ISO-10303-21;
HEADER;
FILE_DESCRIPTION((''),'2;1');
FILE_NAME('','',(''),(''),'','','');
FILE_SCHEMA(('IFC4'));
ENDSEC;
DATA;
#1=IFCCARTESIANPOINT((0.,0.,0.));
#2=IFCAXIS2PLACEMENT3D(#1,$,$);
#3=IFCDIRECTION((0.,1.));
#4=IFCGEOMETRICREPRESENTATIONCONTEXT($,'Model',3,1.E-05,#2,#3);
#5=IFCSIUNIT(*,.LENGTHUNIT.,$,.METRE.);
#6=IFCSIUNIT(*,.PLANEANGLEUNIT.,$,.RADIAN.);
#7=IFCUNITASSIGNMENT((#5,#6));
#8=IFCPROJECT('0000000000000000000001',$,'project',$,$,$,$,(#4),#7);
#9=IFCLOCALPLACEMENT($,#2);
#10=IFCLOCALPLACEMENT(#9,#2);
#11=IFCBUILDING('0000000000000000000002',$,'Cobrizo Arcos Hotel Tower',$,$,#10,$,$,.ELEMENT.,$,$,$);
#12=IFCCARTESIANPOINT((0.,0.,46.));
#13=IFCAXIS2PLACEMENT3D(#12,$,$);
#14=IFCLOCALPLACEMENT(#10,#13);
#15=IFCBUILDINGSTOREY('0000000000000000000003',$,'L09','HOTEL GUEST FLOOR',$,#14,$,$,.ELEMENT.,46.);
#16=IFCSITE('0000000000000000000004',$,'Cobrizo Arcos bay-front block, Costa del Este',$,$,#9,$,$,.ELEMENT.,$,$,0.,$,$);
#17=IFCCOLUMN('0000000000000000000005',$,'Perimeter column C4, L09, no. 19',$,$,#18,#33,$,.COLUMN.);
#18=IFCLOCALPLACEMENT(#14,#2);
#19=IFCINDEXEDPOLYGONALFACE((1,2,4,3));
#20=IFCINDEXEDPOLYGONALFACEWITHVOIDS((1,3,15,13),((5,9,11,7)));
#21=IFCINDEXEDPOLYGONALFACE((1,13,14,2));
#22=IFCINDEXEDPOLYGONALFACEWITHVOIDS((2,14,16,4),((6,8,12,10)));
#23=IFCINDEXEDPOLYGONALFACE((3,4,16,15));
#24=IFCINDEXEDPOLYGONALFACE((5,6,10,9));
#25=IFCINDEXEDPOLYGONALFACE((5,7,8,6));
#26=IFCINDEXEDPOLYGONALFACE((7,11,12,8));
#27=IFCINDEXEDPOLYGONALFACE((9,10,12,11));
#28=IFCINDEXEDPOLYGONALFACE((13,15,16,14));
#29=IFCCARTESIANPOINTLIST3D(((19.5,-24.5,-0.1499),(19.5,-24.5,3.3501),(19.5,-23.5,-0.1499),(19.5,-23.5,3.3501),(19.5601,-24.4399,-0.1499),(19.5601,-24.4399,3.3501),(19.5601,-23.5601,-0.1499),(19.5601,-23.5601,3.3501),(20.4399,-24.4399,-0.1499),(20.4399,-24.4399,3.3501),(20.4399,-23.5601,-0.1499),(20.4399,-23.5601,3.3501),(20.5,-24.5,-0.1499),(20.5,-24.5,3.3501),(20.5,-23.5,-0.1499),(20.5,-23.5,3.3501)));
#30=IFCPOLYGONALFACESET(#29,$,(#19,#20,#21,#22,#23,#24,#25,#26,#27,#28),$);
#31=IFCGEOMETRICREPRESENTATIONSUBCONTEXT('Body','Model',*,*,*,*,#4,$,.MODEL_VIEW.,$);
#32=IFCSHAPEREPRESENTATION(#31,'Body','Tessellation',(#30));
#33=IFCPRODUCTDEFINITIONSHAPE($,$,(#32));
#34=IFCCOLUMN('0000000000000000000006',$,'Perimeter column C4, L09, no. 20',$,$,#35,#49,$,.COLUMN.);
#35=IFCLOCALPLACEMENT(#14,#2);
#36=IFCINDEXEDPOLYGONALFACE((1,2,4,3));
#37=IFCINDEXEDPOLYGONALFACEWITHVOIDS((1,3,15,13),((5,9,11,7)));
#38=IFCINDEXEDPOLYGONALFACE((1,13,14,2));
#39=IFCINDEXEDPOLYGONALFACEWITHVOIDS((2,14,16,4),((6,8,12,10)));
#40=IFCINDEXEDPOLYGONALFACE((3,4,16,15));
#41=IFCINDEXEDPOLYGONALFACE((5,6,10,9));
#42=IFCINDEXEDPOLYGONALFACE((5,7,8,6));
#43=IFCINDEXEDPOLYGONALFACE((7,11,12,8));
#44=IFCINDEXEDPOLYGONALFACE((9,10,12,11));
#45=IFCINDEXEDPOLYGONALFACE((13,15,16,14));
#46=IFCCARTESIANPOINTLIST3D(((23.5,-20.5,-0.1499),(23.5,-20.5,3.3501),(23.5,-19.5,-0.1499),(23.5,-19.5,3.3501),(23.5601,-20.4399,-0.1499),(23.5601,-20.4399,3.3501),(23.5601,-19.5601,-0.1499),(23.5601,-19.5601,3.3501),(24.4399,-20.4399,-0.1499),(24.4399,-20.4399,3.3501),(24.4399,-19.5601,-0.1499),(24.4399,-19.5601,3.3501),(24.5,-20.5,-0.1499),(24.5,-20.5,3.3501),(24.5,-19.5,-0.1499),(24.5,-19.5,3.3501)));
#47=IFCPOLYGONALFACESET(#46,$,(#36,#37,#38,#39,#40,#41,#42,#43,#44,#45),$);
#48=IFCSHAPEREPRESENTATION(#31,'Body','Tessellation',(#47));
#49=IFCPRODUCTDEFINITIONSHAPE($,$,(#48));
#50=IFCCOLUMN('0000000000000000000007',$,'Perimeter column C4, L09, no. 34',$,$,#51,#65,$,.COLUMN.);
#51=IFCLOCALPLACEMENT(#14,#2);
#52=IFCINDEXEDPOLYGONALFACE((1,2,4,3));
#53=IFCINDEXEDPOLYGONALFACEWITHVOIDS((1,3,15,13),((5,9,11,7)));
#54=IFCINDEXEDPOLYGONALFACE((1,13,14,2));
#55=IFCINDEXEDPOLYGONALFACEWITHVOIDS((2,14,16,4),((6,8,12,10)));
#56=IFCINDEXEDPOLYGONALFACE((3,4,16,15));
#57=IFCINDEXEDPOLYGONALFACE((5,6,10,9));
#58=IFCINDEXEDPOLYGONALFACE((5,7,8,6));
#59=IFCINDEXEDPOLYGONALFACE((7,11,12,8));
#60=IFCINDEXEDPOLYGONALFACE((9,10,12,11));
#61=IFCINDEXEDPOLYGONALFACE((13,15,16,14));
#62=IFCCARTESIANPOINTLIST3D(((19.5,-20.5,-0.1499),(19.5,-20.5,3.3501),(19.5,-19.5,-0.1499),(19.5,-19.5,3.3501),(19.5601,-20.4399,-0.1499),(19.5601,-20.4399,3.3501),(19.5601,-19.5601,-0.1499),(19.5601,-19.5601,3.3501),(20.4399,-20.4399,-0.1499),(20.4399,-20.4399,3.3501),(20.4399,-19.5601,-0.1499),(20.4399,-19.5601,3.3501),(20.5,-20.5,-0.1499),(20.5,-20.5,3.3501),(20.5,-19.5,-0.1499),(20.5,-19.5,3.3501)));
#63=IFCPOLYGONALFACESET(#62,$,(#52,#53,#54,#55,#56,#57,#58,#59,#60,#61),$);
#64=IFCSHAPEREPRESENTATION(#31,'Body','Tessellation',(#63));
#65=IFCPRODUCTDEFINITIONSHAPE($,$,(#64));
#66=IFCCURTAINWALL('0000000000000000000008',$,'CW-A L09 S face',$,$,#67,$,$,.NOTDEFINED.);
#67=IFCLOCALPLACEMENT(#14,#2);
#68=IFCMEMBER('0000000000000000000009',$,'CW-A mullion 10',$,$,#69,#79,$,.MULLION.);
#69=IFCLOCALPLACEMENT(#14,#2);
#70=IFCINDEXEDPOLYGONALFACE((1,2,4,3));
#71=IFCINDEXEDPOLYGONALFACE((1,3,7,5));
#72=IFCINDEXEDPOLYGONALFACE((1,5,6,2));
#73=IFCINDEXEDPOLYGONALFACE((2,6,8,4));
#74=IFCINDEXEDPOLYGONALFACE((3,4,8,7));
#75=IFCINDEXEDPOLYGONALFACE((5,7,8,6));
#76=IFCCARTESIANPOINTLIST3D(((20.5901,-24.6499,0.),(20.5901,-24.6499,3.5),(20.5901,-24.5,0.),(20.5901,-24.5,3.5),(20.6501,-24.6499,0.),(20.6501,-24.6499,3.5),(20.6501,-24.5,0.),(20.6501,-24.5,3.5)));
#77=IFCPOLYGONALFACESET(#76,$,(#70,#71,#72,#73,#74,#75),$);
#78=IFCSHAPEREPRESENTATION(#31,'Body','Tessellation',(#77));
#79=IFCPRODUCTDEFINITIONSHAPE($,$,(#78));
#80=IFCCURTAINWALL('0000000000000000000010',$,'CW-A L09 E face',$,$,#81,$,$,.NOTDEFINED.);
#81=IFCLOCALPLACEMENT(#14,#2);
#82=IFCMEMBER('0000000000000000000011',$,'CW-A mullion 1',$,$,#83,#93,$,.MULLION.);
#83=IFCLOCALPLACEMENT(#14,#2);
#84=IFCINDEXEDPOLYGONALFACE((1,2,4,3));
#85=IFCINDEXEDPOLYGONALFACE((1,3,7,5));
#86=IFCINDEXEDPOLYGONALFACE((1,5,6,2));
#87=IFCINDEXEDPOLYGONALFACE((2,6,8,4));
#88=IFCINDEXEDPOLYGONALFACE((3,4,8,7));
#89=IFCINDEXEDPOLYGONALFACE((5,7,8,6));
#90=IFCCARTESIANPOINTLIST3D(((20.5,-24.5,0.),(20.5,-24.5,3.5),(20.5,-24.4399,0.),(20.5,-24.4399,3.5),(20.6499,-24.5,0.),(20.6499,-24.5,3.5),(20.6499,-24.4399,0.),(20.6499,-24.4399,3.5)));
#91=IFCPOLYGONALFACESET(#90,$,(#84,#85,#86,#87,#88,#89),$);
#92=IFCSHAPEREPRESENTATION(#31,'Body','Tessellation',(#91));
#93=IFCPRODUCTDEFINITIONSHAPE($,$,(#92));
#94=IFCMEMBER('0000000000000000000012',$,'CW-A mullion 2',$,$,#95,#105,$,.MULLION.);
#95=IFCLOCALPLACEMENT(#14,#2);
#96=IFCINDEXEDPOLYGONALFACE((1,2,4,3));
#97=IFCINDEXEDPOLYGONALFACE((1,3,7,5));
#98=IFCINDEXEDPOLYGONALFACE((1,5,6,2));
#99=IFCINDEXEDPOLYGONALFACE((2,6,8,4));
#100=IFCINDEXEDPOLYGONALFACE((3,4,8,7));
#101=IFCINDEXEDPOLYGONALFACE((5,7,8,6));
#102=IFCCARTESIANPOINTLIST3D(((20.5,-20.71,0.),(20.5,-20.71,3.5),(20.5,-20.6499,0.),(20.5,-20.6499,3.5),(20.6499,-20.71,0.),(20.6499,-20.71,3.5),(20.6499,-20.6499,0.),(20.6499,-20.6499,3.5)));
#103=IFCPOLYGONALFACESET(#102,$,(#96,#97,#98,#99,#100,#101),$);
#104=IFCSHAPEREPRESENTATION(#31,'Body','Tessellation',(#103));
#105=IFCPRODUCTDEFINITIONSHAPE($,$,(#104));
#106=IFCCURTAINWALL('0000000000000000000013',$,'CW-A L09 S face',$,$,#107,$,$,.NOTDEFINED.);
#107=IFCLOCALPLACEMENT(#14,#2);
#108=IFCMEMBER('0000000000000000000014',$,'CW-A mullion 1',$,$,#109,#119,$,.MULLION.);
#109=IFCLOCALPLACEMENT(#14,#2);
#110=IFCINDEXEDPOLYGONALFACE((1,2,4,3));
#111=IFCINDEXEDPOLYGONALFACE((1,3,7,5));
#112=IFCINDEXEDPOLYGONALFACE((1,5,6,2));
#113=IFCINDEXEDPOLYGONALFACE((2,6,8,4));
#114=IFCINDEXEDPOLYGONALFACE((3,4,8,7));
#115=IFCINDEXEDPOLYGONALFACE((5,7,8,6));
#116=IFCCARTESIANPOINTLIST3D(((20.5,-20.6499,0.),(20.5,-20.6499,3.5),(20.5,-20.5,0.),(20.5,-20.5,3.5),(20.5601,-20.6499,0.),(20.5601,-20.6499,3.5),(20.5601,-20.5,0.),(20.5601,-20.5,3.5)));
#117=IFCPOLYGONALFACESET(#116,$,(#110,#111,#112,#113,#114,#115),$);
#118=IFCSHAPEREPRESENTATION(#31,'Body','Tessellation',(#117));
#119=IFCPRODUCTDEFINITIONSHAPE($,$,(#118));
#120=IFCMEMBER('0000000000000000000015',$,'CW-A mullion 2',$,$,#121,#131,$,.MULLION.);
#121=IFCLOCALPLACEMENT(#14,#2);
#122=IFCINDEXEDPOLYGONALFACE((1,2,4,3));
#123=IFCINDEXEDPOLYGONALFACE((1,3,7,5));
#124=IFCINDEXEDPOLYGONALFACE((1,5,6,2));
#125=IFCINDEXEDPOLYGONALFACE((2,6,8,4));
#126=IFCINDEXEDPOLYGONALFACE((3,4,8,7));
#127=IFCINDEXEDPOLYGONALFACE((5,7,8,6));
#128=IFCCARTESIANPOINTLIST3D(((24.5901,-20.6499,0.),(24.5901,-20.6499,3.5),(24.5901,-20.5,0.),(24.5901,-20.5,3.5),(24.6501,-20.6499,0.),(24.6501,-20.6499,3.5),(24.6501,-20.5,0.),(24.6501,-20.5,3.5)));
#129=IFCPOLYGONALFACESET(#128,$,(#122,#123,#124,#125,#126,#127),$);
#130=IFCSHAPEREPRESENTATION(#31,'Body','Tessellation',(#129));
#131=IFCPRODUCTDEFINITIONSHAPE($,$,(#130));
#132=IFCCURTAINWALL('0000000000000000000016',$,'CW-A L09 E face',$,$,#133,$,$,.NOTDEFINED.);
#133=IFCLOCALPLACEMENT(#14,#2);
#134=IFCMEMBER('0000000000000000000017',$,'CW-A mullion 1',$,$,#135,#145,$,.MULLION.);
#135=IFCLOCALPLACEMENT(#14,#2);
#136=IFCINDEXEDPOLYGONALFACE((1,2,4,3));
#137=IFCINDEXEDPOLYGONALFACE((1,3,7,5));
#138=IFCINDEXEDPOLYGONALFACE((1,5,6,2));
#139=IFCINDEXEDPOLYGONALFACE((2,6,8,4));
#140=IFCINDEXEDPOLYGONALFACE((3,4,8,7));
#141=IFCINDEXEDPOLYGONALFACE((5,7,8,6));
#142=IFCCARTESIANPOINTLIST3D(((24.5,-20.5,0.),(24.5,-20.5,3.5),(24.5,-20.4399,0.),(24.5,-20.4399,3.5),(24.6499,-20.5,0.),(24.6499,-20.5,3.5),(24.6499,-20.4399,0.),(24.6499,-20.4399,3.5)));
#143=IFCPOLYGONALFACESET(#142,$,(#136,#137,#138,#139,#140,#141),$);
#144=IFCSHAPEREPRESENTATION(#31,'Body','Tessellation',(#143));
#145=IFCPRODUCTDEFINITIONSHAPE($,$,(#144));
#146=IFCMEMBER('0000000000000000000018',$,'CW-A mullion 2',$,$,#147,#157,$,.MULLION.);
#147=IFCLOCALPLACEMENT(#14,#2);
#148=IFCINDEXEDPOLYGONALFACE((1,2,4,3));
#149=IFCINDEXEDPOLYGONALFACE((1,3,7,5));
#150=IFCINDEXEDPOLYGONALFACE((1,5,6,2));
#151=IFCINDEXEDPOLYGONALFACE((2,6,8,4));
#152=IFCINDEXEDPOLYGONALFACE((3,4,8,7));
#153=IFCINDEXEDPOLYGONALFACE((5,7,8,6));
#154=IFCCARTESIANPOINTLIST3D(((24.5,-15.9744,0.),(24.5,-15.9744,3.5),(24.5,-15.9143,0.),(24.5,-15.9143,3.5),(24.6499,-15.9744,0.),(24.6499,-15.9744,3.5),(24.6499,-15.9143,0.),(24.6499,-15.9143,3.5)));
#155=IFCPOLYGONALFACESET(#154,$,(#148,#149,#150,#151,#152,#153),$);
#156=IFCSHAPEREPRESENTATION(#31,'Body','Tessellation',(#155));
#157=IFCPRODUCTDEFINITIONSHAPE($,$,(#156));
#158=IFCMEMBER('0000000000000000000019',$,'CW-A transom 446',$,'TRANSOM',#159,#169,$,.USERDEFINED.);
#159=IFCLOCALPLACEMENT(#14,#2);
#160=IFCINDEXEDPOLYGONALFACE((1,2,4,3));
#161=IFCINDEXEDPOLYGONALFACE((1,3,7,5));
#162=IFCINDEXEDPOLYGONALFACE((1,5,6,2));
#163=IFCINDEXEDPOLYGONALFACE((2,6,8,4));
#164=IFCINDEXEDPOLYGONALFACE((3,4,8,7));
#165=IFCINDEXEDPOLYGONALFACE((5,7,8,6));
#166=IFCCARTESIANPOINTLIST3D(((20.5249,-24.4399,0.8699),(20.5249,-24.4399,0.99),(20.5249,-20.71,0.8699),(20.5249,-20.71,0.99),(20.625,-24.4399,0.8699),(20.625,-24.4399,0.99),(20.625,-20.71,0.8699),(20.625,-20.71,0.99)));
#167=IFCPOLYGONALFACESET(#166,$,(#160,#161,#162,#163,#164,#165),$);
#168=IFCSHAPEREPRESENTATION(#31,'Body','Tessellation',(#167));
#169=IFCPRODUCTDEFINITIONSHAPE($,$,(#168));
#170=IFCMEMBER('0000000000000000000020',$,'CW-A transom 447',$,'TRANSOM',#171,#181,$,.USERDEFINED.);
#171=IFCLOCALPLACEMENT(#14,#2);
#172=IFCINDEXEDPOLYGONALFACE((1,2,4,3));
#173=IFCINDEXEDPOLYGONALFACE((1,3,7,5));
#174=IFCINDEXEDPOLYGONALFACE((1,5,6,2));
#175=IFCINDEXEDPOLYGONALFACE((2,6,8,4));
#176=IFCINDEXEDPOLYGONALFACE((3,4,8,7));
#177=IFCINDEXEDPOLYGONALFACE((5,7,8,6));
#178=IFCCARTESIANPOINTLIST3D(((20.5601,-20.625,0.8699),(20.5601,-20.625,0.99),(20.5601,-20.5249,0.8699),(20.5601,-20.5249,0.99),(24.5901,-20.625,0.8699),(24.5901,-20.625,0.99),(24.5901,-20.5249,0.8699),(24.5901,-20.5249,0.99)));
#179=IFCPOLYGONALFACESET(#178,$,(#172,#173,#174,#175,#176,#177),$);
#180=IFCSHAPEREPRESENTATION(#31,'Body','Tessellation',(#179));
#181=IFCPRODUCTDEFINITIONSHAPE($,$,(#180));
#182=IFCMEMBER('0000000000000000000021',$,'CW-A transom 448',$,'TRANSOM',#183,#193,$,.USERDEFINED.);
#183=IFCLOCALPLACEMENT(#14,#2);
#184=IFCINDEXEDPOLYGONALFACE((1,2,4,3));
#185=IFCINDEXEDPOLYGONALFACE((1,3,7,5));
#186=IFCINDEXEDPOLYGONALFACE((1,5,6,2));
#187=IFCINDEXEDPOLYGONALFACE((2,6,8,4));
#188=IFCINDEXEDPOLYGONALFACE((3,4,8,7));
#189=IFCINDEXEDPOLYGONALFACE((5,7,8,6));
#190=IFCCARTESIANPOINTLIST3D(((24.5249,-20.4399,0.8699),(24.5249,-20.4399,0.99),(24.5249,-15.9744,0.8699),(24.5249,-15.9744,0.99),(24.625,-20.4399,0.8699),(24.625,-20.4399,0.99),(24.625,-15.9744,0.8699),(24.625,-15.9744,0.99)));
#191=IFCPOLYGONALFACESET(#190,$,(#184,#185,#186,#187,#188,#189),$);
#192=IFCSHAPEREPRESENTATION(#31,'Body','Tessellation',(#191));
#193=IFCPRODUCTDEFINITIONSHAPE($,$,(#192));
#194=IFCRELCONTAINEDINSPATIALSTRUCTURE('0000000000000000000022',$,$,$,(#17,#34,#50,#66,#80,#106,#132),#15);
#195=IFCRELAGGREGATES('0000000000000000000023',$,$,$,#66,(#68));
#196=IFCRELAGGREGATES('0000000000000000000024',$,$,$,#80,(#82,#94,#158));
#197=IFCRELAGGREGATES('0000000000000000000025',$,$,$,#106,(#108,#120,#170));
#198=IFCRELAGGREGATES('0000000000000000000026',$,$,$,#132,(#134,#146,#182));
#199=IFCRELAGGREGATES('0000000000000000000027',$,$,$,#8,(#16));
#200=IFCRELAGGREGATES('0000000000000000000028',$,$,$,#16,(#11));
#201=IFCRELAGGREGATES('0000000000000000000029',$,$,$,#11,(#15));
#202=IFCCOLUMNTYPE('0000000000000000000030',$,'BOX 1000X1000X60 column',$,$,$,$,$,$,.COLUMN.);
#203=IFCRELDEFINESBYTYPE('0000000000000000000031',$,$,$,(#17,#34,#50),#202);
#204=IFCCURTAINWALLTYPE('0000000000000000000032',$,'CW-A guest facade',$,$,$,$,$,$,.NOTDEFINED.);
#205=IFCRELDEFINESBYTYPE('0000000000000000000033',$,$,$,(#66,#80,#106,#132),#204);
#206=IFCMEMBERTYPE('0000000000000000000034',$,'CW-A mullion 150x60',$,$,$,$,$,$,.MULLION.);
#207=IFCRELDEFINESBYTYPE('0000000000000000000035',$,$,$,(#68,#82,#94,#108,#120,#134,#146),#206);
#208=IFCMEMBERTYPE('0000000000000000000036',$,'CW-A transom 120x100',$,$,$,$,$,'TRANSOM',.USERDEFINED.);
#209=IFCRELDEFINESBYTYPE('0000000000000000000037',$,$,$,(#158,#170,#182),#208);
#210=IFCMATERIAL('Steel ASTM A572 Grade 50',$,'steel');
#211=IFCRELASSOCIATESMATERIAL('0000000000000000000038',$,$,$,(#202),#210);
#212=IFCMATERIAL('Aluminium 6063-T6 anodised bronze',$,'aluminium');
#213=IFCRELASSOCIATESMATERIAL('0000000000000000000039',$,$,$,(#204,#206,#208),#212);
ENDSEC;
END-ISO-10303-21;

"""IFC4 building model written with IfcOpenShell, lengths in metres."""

from ifc_helpers import new_model, si_unit, direction, frame, origin, origin_2d, place, context, subcontext, project, spatial, rectangle, hollow_rectangle, extrude, material, material_profile, profile_set, type_object, element, aggregate, save


model = new_model("IFC4")

# Units and contexts
model_context = context("Model", 3, precision=1e-05, world=origin(), true_north=direction((0.0, 1.0)))
body_context = subcontext(model_context, "Body", "Model", "MODEL_VIEW")
ifc_project = project(units=[si_unit("LENGTHUNIT", "METRE"), si_unit("PLANEANGLEUNIT", "RADIAN")], contexts=[model_context])

# Site, building, storey
site_placement = place(None, origin())
site = spatial("IfcSite", under=ifc_project, at=site_placement, Name="Cobrizo Arcos bay-front block, Costa del Este", CompositionType="ELEMENT", RefElevation=0.0)
building_placement = place(site_placement, origin())
building = spatial("IfcBuilding", under=site, at=building_placement, Name="Cobrizo Arcos Hotel Tower", CompositionType="ELEMENT")
storey_placement = place(building_placement, frame((0.0, 0.0, 46.0)))
storey = spatial("IfcBuildingStorey", under=building, at=storey_placement, Name="L09", Description="HOTEL GUEST FLOOR", CompositionType="ELEMENT", Elevation=46.0)

# Columns
ifc_material_1 = material(Name="Steel ASTM A572 Grade 50", Category="steel")
ifc_material_profile_1 = material_profile(ifc_material_1, hollow_rectangle(XDim=1.0, YDim=1.0, WallThickness=0.0601, at=origin_2d()), Name="BOX 1000X1000X60")
ifc_profile_set_1 = profile_set([ifc_material_profile_1], Name="Steel ASTM A572 Grade 50")
column_type = type_object("IfcColumnType", Name="BOX 1000X1000X60 column", PredefinedType="COLUMN", material=ifc_profile_set_1)
for number, where, z_axis, x_axis, name in (
    (1, (20.0, -24.0, -0.1499), (0.0, 0.0, 1.0), (1.0, 0.0, 0.0), "Perimeter column C4, L09, no. 19"),
    (2, (24.0, -20.0, -0.1499), (0.0, 0.0, 1.0), (1.0, 0.0, 0.0), "Perimeter column C4, L09, no. 20"),
    (3, (20.0, -20.0, -0.1499), (0.0, 0.0, 1.0), (1.0, 0.0, 0.0), "Perimeter column C4, L09, no. 34"),
):
    element("IfcColumn", number, at=place(storey_placement, frame(where, z_axis=z_axis, x_axis=x_axis)), inside=storey, type_object=column_type, Name=name, PredefinedType="COLUMN", context=body_context, shape_type="SweptSolid", body=[
        extrude(hollow_rectangle(XDim=1.0, YDim=1.0, WallThickness=0.0601, at=origin_2d()), origin(), (0.0, 0.0, 1.0), 3.5),
    ])

# Curtain wall, member
ifc_material_2 = material(Name="Aluminium 6063-T6 anodised bronze", Category="aluminium")
curtain_wall_type = type_object("IfcCurtainWallType", Name="CW-A guest facade", PredefinedType="NOTDEFINED", material=ifc_material_2)
curtain_wall_1_placement = place(storey_placement, origin())
curtain_wall_1 = element("IfcCurtainWall", 4, at=curtain_wall_1_placement, inside=storey, type_object=curtain_wall_type, Name="CW-A L09 S face", PredefinedType="NOTDEFINED")
ifc_material_profile_2 = material_profile(ifc_material_2, rectangle(XDim=0.1499, YDim=0.0601, at=origin_2d()), Name="CW-A mullion 150x60")
ifc_profile_set_2 = profile_set([ifc_material_profile_2], Name="Aluminium 6063-T6 anodised bronze")
member_type_1 = type_object("IfcMemberType", Name="CW-A mullion 150x60", PredefinedType="MULLION", material=ifc_profile_set_2)
member_1_placement = place(storey_placement, frame((20.6201, -24.575, 0.0), z_axis=(0.0, 0.0, 1.0), x_axis=(0.0, -1.0, 0.0)))
member_1 = element("IfcMember", 5, at=member_1_placement, type_object=member_type_1, Name="CW-A mullion 10", PredefinedType="MULLION", context=body_context, shape_type="SweptSolid", body=[
    extrude(rectangle(XDim=0.1499, YDim=0.0601, at=origin_2d()), origin(), (0.0, 0.0, 1.0), 3.5),
])

# Curtain walls, members
curtain_wall_2_placement = place(storey_placement, origin())
curtain_wall_2 = element("IfcCurtainWall", 6, at=curtain_wall_2_placement, inside=storey, type_object=curtain_wall_type, Name="CW-A L09 E face", PredefinedType="NOTDEFINED")
member_2_placement = place(storey_placement, frame((20.575, -24.47, 0.0), z_axis=(0.0, 0.0, 1.0), x_axis=(1.0, 0.0, 0.0)))
member_2 = element("IfcMember", 7, at=member_2_placement, type_object=member_type_1, Name="CW-A mullion 1", PredefinedType="MULLION", context=body_context, shape_type="SweptSolid", body=[
    extrude(rectangle(XDim=0.1499, YDim=0.0601, at=origin_2d()), origin(), (0.0, 0.0, 1.0), 3.5),
])
member_3_placement = place(storey_placement, frame((20.575, -20.6799, 0.0), z_axis=(0.0, 0.0, 1.0), x_axis=(1.0, 0.0, 0.0)))
member_3 = element("IfcMember", 8, at=member_3_placement, type_object=member_type_1, Name="CW-A mullion 2", PredefinedType="MULLION", context=body_context, shape_type="SweptSolid", body=[
    extrude(rectangle(XDim=0.1499, YDim=0.0601, at=origin_2d()), origin(), (0.0, 0.0, 1.0), 3.5),
])
curtain_wall_3_placement = place(storey_placement, origin())
curtain_wall_3 = element("IfcCurtainWall", 9, at=curtain_wall_3_placement, inside=storey, type_object=curtain_wall_type, Name="CW-A L09 S face", PredefinedType="NOTDEFINED")
member_4_placement = place(storey_placement, frame((20.53, -20.575, 0.0), z_axis=(0.0, 0.0, 1.0), x_axis=(0.0, -1.0, 0.0)))
member_4 = element("IfcMember", 10, at=member_4_placement, type_object=member_type_1, Name="CW-A mullion 1", PredefinedType="MULLION", context=body_context, shape_type="SweptSolid", body=[
    extrude(rectangle(XDim=0.1499, YDim=0.0601, at=origin_2d()), origin(), (0.0, 0.0, 1.0), 3.5),
])
member_5_placement = place(storey_placement, frame((24.6201, -20.575, 0.0), z_axis=(0.0, 0.0, 1.0), x_axis=(0.0, -1.0, 0.0)))
member_5 = element("IfcMember", 11, at=member_5_placement, type_object=member_type_1, Name="CW-A mullion 2", PredefinedType="MULLION", context=body_context, shape_type="SweptSolid", body=[
    extrude(rectangle(XDim=0.1499, YDim=0.0601, at=origin_2d()), origin(), (0.0, 0.0, 1.0), 3.5),
])
curtain_wall_4_placement = place(storey_placement, origin())
curtain_wall_4 = element("IfcCurtainWall", 12, at=curtain_wall_4_placement, inside=storey, type_object=curtain_wall_type, Name="CW-A L09 E face", PredefinedType="NOTDEFINED")
member_6_placement = place(storey_placement, frame((24.575, -20.47, 0.0), z_axis=(0.0, 0.0, 1.0), x_axis=(1.0, 0.0, 0.0)))
member_6 = element("IfcMember", 13, at=member_6_placement, type_object=member_type_1, Name="CW-A mullion 1", PredefinedType="MULLION", context=body_context, shape_type="SweptSolid", body=[
    extrude(rectangle(XDim=0.1499, YDim=0.0601, at=origin_2d()), origin(), (0.0, 0.0, 1.0), 3.5),
])
member_7_placement = place(storey_placement, frame((24.575, -15.9443, 0.0), z_axis=(0.0, 0.0, 1.0), x_axis=(1.0, 0.0, 0.0)))
member_7 = element("IfcMember", 14, at=member_7_placement, type_object=member_type_1, Name="CW-A mullion 2", PredefinedType="MULLION", context=body_context, shape_type="SweptSolid", body=[
    extrude(rectangle(XDim=0.1499, YDim=0.0601, at=origin_2d()), origin(), (0.0, 0.0, 1.0), 3.5),
])

# Members
ifc_material_profile_3 = material_profile(ifc_material_2, rectangle(XDim=0.1001, YDim=0.1201, at=origin_2d()), Name="CW-A transom 120x100")
ifc_profile_set_3 = profile_set([ifc_material_profile_3], Name="Aluminium 6063-T6 anodised bronze")
member_type_2 = type_object("IfcMemberType", Name="CW-A transom 120x100", ElementType="TRANSOM", PredefinedType="USERDEFINED", material=ifc_profile_set_3)
member_8_placement = place(storey_placement, frame((20.575, -24.4399, 0.9299), z_axis=(0.0, 1.0, 0.0), x_axis=(-1.0, 0.0, 0.0)))
member_8 = element("IfcMember", 15, at=member_8_placement, type_object=member_type_2, Name="CW-A transom 446", ObjectType="TRANSOM", PredefinedType="USERDEFINED", context=body_context, shape_type="SweptSolid", body=[
    extrude(rectangle(XDim=0.1001, YDim=0.1201, at=origin_2d()), origin(), (0.0, 0.0, 1.0), 3.73),
])
member_9_placement = place(storey_placement, frame((20.5601, -20.575, 0.9299), z_axis=(1.0, 0.0, 0.0), x_axis=(0.0, 1.0, 0.0)))
member_9 = element("IfcMember", 16, at=member_9_placement, type_object=member_type_2, Name="CW-A transom 447", ObjectType="TRANSOM", PredefinedType="USERDEFINED", context=body_context, shape_type="SweptSolid", body=[
    extrude(rectangle(XDim=0.1001, YDim=0.1201, at=origin_2d()), origin(), (0.0, 0.0, 1.0), 4.03),
])
member_10_placement = place(storey_placement, frame((24.575, -20.4399, 0.9299), z_axis=(0.0, 1.0, 0.0), x_axis=(-1.0, 0.0, 0.0)))
member_10 = element("IfcMember", 17, at=member_10_placement, type_object=member_type_2, Name="CW-A transom 448", ObjectType="TRANSOM", PredefinedType="USERDEFINED", context=body_context, shape_type="SweptSolid", body=[
    extrude(rectangle(XDim=0.1001, YDim=0.1201, at=origin_2d()), origin(), (0.0, 0.0, 1.0), 4.4656),
])

aggregate(curtain_wall_1, [member_1])
aggregate(curtain_wall_2, [member_2, member_3, member_8])
aggregate(curtain_wall_3, [member_4, member_5, member_9])
aggregate(curtain_wall_4, [member_6, member_7, member_10])

save(model, "model.ifc")
